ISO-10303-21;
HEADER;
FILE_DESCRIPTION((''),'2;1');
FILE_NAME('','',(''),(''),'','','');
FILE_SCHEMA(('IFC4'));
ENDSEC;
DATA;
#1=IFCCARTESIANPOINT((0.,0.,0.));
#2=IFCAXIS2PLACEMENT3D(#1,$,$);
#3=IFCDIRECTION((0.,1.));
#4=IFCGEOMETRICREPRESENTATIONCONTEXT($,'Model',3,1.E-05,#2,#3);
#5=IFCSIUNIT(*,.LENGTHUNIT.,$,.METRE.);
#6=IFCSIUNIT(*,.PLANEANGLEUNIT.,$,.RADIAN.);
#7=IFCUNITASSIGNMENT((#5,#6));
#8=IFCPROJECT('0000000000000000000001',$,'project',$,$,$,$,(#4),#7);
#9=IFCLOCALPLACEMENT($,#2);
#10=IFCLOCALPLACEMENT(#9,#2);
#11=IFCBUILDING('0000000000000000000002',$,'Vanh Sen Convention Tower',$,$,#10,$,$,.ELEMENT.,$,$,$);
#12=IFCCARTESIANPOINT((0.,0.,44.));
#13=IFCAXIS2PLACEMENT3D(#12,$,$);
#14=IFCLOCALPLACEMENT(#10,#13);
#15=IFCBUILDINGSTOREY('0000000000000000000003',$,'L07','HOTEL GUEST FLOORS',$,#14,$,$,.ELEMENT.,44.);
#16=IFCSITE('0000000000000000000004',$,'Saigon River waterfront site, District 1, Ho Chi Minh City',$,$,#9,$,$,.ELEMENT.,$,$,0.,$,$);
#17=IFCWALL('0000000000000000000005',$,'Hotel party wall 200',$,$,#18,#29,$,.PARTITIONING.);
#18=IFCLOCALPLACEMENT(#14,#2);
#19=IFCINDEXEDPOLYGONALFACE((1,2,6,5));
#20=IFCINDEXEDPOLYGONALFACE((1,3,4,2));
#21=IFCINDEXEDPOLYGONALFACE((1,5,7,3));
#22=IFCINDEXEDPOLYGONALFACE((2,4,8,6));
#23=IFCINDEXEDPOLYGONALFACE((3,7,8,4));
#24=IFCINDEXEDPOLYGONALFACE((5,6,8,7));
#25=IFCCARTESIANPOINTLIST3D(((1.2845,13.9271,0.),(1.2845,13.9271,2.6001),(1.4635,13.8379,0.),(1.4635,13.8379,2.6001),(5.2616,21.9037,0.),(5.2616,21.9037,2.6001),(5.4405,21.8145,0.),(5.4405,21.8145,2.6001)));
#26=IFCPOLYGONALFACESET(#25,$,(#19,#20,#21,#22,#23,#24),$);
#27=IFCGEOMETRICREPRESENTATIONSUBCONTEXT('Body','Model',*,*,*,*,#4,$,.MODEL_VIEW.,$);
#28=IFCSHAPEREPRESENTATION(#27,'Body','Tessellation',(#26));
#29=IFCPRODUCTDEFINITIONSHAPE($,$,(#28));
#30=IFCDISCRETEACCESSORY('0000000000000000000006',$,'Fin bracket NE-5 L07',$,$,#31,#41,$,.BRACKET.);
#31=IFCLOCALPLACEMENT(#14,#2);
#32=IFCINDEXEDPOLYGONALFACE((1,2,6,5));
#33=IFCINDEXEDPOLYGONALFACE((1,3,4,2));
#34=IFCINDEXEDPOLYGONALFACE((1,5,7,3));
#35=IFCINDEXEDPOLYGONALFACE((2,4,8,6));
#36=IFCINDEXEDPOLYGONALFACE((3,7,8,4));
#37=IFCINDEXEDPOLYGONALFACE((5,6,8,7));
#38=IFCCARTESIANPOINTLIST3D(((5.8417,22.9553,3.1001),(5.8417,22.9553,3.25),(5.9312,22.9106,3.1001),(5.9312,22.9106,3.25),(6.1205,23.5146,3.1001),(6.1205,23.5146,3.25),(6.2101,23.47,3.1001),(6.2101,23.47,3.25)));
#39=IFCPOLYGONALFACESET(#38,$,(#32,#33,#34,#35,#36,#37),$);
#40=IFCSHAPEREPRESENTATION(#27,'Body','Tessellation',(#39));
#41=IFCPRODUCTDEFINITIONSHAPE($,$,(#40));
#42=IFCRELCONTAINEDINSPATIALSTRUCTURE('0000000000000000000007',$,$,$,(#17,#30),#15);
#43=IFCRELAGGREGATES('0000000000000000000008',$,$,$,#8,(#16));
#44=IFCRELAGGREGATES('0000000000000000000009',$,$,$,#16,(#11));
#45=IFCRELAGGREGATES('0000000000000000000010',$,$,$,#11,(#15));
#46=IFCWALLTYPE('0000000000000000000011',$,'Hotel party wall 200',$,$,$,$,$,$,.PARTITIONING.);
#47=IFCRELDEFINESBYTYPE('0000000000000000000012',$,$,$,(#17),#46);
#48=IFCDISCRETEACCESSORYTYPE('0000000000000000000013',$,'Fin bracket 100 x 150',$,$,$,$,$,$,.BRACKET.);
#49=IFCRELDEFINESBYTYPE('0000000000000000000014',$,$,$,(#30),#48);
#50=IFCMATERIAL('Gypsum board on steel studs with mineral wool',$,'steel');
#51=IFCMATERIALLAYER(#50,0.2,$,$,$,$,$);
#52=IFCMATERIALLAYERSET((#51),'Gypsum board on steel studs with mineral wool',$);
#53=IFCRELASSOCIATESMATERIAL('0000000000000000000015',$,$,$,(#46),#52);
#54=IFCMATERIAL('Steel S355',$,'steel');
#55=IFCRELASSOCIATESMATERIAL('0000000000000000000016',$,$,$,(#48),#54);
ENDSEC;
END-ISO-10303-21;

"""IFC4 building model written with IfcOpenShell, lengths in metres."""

from ifc_helpers import new_model, si_unit, direction, frame, frame_2d, origin, origin_2d, place, context, subcontext, project, spatial, rectangle, extrude, material, layer, layer_set, type_object, element, save


model = new_model("IFC4")

# Units and contexts
model_context = context("Model", 3, precision=1e-05, world=origin(), true_north=direction((0.0, 1.0)))
body_context = subcontext(model_context, "Body", "Model", "MODEL_VIEW")
ifc_project = project(units=[si_unit("LENGTHUNIT", "METRE"), si_unit("PLANEANGLEUNIT", "RADIAN")], contexts=[model_context])

# Site, building, storey
site_placement = place(None, origin())
site = spatial("IfcSite", under=ifc_project, at=site_placement, Name="Saigon River waterfront site, District 1, Ho Chi Minh City", CompositionType="ELEMENT", RefElevation=0.0)
building_placement = place(site_placement, origin())
building = spatial("IfcBuilding", under=site, at=building_placement, Name="Vanh Sen Convention Tower", CompositionType="ELEMENT")
storey_placement = place(building_placement, frame((0.0, 0.0, 44.0)))
storey = spatial("IfcBuildingStorey", under=building, at=storey_placement, Name="L07", Description="HOTEL GUEST FLOORS", CompositionType="ELEMENT", Elevation=44.0)

# Shared definitions
ifc_material_1 = material(Name="Gypsum board on steel studs with mineral wool", Category="steel")

# Wall
ifc_layer_1 = layer(ifc_material_1, 0.2)
ifc_layer_set_1 = layer_set([ifc_layer_1], Name="Gypsum board on steel studs with mineral wool")
wall_type_1 = type_object("IfcWallType", Name="Hotel party wall 200", PredefinedType="PARTITIONING", material=ifc_layer_set_1)
wall_1_placement = place(storey_placement, frame((5.3511, 21.8591, 0.0), z_axis=(0.0, 0.0, 1.0), x_axis=(-0.446205, -0.894931, 0.0)))
element("IfcWall", 1, at=wall_1_placement, inside=storey, type_object=wall_type_1, Name="Hotel party wall 200", PredefinedType="PARTITIONING", context=body_context, shape_type="SweptSolid", body=[
    extrude(rectangle(XDim=8.9131, YDim=0.2, at=frame_2d((4.4565, 0.0))), origin(), (0.0, 0.0, 1.0), 2.6001),
])

# Discrete accessory
ifc_material_2 = material(Name="Steel S355", Category="steel")
discrete_accessory_type = type_object("IfcDiscreteAccessoryType", Name="Fin bracket 100 x 150", PredefinedType="BRACKET", material=ifc_material_2)
discrete_accessory_placement = place(storey_placement, frame((6.0259, 23.2126, 3.1001), z_axis=(0.0, 0.0, 1.0), x_axis=(0.446198, 0.894934, 0.0)))
element("IfcDiscreteAccessory", 2, at=discrete_accessory_placement, inside=storey, type_object=discrete_accessory_type, Name="Fin bracket NE-5 L07", PredefinedType="BRACKET", context=body_context, shape_type="SweptSolid", body=[
    extrude(rectangle(XDim=0.625, YDim=0.1001, at=origin_2d()), origin(), (0.0, 0.0, 1.0), 0.1499),
])

save(model, "model.ifc")
